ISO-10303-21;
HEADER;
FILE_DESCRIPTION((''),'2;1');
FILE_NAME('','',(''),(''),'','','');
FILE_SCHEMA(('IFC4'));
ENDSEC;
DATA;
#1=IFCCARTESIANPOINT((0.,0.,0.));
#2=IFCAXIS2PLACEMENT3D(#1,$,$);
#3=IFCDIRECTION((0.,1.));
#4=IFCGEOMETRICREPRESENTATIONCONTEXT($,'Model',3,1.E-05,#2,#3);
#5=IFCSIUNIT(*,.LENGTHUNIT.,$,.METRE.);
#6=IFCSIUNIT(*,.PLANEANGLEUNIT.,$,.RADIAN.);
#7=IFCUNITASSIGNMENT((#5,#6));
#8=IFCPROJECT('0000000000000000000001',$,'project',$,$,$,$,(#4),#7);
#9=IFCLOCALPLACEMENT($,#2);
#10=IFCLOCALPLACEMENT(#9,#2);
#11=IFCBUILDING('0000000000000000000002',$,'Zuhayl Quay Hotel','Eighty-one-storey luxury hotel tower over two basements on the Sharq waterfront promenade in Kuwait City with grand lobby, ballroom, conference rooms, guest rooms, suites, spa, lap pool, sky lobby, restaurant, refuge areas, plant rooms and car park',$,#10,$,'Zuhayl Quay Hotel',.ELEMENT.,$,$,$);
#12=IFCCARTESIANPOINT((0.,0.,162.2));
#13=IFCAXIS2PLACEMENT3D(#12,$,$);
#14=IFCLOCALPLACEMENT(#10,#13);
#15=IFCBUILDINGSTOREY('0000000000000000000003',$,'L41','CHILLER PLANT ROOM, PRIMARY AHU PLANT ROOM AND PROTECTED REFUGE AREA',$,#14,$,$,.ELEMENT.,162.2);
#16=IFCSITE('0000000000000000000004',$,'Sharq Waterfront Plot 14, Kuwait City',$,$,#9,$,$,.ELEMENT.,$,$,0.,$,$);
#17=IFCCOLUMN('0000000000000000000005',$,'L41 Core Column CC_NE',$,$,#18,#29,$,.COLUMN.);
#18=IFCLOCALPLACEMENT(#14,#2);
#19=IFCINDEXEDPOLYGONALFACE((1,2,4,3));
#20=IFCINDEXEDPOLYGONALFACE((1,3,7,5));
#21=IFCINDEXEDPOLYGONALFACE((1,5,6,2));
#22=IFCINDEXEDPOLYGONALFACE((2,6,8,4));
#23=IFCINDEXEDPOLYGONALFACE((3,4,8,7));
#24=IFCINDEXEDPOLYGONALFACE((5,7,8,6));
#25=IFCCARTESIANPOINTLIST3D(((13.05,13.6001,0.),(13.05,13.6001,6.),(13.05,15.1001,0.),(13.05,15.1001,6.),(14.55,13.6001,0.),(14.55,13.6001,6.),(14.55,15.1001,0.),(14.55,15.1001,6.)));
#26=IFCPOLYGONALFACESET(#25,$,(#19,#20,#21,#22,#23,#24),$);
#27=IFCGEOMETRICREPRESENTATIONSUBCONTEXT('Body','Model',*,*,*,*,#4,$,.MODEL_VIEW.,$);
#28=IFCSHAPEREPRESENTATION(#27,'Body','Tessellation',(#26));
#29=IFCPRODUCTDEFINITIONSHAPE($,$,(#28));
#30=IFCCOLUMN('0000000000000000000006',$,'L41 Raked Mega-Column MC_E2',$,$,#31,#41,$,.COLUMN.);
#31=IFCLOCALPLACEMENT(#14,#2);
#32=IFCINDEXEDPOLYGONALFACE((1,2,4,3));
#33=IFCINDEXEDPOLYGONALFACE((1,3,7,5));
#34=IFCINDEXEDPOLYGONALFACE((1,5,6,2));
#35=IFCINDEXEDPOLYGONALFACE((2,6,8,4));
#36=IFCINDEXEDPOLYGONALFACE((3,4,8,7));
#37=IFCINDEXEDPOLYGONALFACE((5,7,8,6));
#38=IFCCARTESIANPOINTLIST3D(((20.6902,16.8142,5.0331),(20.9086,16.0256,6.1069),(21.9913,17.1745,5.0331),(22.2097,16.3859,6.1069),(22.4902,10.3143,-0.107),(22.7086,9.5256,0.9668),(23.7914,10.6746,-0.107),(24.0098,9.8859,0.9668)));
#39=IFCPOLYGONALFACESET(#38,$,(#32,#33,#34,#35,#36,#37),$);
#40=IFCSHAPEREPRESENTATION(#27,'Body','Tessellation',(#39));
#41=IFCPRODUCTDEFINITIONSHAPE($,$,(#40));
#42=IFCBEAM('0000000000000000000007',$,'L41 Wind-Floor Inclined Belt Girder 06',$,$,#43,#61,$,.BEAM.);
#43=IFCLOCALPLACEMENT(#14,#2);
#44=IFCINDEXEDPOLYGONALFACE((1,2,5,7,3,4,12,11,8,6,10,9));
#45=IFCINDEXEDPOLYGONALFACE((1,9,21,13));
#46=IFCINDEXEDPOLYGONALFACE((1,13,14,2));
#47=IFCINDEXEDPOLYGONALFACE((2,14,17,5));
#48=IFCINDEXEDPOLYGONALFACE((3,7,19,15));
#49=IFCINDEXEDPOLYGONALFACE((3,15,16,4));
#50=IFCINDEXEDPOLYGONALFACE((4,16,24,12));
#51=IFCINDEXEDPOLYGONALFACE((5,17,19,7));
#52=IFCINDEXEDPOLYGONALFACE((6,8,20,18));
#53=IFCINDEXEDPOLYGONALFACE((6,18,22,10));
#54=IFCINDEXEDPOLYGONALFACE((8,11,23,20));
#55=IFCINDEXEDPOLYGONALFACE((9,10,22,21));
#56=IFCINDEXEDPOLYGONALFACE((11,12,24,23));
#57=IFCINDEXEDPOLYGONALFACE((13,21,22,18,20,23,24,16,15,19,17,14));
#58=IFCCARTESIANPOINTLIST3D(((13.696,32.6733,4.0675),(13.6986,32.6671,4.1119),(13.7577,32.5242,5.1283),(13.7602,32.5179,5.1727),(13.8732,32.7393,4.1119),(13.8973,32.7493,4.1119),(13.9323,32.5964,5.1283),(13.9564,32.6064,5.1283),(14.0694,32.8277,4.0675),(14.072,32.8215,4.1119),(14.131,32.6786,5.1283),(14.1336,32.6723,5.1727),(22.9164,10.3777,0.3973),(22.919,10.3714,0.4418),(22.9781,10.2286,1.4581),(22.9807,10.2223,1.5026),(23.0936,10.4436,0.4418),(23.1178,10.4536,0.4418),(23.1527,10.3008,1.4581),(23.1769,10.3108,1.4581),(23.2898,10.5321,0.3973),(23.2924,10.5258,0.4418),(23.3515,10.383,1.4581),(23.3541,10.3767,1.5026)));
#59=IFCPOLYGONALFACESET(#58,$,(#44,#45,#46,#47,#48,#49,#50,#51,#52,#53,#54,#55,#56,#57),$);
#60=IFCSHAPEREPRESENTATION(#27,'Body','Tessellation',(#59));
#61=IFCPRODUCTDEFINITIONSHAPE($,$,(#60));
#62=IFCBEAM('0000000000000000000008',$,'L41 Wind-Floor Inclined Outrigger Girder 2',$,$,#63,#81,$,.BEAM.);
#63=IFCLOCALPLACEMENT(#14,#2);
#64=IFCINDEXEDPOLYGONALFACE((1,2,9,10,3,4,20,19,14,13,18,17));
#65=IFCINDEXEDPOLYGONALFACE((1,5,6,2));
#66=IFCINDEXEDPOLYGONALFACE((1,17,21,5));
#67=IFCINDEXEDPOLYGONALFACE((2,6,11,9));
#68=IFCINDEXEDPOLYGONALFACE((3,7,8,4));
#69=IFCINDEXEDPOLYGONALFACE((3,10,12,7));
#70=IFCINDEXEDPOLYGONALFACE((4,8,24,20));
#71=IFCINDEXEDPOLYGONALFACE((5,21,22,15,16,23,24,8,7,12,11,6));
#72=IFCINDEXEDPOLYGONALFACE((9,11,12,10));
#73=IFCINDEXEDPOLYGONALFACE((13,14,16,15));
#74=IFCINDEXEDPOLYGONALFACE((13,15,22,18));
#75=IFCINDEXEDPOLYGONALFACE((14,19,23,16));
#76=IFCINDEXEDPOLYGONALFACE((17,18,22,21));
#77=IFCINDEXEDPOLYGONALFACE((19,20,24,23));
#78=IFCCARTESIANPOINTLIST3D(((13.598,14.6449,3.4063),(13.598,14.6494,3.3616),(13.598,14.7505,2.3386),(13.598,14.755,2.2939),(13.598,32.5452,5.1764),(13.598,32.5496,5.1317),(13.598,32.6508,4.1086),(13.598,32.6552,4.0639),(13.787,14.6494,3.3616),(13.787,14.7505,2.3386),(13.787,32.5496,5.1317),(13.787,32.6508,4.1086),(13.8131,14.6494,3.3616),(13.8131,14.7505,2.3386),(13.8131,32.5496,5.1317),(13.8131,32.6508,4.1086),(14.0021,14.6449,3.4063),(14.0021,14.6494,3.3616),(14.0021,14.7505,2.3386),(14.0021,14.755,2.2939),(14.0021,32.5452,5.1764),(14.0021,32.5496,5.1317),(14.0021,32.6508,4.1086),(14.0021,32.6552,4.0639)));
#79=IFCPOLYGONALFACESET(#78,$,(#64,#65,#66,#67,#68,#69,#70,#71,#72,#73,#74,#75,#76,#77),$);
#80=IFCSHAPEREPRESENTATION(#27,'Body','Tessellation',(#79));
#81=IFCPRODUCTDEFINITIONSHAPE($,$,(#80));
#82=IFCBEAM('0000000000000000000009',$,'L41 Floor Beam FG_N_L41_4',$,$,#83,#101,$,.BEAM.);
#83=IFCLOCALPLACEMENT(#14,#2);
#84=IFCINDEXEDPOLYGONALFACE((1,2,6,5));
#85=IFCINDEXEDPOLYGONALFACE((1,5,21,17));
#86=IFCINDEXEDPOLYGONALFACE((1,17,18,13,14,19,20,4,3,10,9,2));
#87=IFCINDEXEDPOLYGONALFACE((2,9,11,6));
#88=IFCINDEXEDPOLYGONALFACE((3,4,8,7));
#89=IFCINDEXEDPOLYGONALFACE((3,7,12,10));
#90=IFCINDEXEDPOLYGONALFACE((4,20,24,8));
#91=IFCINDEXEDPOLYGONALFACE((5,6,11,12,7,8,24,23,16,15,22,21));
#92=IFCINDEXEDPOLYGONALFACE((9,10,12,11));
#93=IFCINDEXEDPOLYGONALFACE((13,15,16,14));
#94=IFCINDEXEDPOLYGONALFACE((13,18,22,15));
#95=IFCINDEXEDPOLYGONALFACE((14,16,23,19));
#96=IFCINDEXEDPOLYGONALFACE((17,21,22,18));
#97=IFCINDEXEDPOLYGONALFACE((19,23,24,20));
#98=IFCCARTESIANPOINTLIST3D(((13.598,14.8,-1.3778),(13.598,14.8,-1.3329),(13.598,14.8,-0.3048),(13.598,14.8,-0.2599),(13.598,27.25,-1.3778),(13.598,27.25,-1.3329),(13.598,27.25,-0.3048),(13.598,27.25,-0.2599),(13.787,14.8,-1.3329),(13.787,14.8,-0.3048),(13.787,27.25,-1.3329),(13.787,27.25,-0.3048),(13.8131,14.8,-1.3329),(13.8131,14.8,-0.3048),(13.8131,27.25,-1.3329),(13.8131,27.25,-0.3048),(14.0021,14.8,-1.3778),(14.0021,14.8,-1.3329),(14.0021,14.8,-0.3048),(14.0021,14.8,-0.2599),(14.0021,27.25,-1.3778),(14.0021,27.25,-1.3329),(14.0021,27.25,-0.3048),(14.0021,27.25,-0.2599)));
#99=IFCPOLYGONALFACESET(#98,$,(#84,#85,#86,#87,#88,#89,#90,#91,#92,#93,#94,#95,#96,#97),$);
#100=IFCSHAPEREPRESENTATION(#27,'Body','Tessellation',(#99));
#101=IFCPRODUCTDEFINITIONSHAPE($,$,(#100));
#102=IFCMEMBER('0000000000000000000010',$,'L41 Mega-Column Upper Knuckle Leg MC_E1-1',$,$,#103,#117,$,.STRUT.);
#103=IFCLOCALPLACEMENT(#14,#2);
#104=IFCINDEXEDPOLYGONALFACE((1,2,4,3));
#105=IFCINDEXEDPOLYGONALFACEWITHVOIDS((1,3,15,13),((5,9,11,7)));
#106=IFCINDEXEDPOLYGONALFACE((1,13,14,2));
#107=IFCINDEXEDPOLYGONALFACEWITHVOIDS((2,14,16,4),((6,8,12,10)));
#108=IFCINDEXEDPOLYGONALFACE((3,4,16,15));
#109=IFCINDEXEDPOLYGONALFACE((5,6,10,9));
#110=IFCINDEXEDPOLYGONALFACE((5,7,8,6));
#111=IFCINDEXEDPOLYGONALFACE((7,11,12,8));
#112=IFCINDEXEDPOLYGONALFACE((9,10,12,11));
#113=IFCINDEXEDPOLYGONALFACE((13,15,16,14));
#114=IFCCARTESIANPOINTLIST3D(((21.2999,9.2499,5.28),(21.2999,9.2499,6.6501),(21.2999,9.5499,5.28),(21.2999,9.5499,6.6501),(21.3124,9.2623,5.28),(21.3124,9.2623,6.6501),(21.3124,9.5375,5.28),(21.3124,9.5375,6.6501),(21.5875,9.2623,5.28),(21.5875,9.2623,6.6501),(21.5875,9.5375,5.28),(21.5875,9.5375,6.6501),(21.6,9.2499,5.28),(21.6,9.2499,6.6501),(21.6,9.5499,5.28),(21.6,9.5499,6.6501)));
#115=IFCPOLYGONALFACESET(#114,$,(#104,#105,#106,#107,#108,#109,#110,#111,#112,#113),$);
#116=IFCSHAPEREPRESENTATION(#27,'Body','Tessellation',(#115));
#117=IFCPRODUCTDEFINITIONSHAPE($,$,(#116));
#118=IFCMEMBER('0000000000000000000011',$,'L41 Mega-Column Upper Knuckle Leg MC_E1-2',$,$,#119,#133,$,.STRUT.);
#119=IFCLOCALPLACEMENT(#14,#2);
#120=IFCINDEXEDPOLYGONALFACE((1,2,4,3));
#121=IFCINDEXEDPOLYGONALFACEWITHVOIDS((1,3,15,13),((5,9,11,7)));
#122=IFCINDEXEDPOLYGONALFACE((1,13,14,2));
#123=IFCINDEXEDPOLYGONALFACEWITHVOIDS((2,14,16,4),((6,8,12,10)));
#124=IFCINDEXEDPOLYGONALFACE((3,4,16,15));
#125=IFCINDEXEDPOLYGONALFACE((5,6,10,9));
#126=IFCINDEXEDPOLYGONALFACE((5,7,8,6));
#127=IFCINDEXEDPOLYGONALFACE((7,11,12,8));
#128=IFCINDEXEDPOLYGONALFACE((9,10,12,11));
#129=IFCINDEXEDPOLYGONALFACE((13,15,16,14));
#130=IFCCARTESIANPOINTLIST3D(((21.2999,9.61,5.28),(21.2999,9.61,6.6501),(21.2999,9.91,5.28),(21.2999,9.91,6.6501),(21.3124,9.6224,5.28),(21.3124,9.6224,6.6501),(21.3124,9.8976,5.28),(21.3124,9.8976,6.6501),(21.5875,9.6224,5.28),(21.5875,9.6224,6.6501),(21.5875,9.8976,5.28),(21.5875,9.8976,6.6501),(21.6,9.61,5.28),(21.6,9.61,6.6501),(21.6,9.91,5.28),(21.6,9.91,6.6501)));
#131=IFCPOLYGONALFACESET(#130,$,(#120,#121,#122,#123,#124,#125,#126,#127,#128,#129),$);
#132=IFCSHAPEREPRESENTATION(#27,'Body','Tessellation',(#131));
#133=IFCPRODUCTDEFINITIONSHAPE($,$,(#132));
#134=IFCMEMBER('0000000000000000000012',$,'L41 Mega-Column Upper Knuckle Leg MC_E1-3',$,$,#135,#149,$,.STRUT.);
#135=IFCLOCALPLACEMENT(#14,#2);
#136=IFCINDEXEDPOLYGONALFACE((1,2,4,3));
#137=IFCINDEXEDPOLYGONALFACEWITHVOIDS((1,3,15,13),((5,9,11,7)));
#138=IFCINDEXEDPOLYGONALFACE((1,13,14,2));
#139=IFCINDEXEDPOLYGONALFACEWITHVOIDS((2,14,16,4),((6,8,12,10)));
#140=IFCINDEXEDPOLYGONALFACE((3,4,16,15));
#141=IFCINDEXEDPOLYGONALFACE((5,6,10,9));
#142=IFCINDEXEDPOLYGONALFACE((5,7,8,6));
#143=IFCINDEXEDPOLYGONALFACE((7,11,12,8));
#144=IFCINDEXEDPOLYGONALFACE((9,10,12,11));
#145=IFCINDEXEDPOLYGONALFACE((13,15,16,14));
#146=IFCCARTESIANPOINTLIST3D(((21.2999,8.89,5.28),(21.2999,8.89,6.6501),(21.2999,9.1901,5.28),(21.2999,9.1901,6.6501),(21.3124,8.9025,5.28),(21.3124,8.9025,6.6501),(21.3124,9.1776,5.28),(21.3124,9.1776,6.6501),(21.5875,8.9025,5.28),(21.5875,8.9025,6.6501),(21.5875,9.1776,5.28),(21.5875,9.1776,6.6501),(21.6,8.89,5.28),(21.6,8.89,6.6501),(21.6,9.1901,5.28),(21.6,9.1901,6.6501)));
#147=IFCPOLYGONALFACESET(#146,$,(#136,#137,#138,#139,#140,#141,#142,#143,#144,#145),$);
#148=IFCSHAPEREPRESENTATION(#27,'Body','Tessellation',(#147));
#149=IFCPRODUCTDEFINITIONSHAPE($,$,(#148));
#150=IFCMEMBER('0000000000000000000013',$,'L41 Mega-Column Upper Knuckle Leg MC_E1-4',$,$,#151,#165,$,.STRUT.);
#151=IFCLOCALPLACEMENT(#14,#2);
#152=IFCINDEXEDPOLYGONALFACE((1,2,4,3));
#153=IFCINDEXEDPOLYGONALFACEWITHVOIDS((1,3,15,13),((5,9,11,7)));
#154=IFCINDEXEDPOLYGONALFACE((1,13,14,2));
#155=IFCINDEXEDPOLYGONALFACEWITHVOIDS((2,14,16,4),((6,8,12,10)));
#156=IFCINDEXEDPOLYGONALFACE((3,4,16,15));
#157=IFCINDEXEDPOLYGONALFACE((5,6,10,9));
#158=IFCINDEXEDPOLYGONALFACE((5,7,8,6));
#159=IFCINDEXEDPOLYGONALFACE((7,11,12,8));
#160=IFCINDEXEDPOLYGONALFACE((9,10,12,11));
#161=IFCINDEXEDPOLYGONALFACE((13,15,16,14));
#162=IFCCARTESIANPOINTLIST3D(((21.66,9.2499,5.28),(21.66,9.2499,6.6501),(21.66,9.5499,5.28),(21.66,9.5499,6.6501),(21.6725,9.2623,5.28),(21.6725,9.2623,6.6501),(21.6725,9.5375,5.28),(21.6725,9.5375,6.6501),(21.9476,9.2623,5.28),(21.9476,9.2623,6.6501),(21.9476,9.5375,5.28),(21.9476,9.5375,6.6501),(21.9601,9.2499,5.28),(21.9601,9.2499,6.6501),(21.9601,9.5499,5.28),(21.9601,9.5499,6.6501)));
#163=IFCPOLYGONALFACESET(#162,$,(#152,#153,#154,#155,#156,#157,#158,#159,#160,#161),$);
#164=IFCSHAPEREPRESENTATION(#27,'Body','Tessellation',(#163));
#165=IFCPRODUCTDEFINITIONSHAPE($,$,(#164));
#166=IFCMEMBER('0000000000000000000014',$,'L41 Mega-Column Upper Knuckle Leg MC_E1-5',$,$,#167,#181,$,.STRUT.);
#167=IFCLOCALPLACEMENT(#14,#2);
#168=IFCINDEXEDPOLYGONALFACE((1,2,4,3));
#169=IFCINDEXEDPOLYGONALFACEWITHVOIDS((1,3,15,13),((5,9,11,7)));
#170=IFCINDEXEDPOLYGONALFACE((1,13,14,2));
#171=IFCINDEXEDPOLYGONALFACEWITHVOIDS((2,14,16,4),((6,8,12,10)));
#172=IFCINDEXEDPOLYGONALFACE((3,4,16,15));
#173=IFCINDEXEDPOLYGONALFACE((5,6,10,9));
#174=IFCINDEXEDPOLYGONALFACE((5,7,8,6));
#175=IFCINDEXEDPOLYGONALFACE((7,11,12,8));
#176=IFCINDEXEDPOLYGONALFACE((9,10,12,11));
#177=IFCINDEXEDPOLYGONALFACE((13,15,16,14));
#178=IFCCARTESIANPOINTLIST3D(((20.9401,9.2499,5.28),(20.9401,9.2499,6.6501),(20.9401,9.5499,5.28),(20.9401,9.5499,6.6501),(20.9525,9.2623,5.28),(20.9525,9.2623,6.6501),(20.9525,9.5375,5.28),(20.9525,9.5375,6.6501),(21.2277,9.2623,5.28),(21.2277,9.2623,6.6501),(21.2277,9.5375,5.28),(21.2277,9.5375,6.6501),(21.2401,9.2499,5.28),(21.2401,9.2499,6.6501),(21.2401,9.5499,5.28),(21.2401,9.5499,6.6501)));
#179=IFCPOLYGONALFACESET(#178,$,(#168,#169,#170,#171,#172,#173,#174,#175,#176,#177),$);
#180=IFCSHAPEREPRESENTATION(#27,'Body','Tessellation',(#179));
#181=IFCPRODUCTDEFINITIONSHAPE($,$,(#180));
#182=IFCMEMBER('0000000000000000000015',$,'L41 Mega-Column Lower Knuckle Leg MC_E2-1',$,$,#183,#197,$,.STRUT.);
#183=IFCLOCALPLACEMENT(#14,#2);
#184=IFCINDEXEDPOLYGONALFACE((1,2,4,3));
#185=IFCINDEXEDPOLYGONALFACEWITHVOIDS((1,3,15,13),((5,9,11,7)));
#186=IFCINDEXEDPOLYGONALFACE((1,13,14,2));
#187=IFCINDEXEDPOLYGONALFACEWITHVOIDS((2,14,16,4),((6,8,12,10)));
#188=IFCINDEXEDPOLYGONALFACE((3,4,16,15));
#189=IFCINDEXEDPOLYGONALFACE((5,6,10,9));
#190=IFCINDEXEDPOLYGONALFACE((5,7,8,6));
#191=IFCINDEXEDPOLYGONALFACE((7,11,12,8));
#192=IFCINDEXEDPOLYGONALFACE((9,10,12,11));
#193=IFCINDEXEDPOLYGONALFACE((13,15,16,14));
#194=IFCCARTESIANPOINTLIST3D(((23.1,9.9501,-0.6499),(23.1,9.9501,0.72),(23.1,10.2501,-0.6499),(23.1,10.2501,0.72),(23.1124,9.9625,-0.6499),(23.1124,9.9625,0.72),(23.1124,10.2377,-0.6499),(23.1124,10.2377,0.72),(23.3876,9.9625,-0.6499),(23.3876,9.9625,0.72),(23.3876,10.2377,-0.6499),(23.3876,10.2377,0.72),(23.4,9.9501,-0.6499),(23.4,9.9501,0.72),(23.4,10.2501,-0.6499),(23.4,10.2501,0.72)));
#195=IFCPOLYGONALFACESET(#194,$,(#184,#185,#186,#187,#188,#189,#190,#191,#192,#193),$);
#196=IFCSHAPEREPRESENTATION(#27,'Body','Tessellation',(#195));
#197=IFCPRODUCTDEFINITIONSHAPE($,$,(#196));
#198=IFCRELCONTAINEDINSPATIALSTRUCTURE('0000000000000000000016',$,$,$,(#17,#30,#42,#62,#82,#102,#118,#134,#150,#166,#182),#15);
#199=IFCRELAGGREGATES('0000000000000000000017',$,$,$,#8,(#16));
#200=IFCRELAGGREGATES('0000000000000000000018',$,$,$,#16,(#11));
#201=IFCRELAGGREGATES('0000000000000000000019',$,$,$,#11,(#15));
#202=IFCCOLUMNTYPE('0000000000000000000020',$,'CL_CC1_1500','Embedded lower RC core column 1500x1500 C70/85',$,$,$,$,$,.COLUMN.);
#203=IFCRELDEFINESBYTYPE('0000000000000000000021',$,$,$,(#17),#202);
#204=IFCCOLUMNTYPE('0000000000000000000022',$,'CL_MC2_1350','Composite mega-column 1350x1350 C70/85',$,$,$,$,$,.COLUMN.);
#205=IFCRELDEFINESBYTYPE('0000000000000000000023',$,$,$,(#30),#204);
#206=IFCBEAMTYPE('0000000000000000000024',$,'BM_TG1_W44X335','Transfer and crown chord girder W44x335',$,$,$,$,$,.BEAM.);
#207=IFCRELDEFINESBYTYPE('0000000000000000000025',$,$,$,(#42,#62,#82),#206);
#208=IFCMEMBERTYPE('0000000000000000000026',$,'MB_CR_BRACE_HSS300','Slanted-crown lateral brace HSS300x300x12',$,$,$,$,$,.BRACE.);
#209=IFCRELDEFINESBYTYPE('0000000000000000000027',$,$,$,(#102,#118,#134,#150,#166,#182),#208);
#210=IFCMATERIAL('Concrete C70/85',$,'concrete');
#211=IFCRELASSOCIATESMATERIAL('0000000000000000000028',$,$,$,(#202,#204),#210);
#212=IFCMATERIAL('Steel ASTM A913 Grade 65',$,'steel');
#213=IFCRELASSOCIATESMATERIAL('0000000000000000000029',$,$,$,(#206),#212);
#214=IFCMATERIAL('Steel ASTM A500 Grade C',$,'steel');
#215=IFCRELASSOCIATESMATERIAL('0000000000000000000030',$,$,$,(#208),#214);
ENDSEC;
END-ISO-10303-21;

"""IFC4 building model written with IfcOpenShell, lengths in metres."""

from ifc_helpers import new_model, si_unit, direction, frame, origin, origin_2d, place, context, subcontext, project, spatial, rectangle, hollow_rectangle, i_section, extrude, material, material_profile, profile_set, type_object, element, save


model = new_model("IFC4")

# Units and contexts
model_context = context("Model", 3, precision=1e-05, world=origin(), true_north=direction((0.0, 1.0)))
body_context = subcontext(model_context, "Body", "Model", "MODEL_VIEW")
ifc_project = project(units=[si_unit("LENGTHUNIT", "METRE"), si_unit("PLANEANGLEUNIT", "RADIAN")], contexts=[model_context])

# Site, building, storey
site_placement = place(None, origin())
site = spatial("IfcSite", under=ifc_project, at=site_placement, Name="Sharq Waterfront Plot 14, Kuwait City", CompositionType="ELEMENT", RefElevation=0.0)
building_placement = place(site_placement, origin())
building = spatial("IfcBuilding", under=site, at=building_placement, Name="Zuhayl Quay Hotel", Description="Eighty-one-storey luxury hotel tower over two basements on the Sharq waterfront promenade in Kuwait City with grand lobby, ballroom, conference rooms, guest rooms, suites, spa, lap pool, sky lobby, restaurant, refuge areas, plant rooms and car park", LongName="Zuhayl Quay Hotel", CompositionType="ELEMENT")
storey_placement = place(building_placement, frame((0.0, 0.0, 162.2)))
storey = spatial("IfcBuildingStorey", under=building, at=storey_placement, Name="L41", Description="CHILLER PLANT ROOM, PRIMARY AHU PLANT ROOM AND PROTECTED REFUGE AREA", CompositionType="ELEMENT", Elevation=162.2)

# Columns
ifc_material_1 = material(Name="Concrete C70/85", Category="concrete")
ifc_material_profile_1 = material_profile(ifc_material_1, rectangle(XDim=1.5, YDim=1.5, at=origin_2d()), Name="RC1500X1500")
ifc_profile_set_1 = profile_set([ifc_material_profile_1], Name="Concrete C70/85")
column_type_1 = type_object("IfcColumnType", Name="CL_CC1_1500", Description="Embedded lower RC core column 1500x1500 C70/85", PredefinedType="COLUMN", material=ifc_profile_set_1)
column_1_placement = place(storey_placement, frame((13.8, 14.3501, 0.0), z_axis=(0.0, 0.0, 1.0), x_axis=(1.0, 0.0, 0.0)))
element("IfcColumn", 1, at=column_1_placement, inside=storey, type_object=column_type_1, Name="L41 Core Column CC_NE", PredefinedType="COLUMN", context=body_context, shape_type="SweptSolid", body=[
    extrude(rectangle(XDim=1.5, YDim=1.5, at=origin_2d()), origin(), (0.0, 0.0, 1.0), 6.0),
])
ifc_material_profile_2 = material_profile(ifc_material_1, rectangle(XDim=1.3501, YDim=1.3501, at=origin_2d()), Name="RC1350X1350")
ifc_profile_set_2 = profile_set([ifc_material_profile_2], Name="Concrete C70/85")
column_type_2 = type_object("IfcColumnType", Name="CL_MC2_1350", Description="Composite mega-column 1350x1350 C70/85", PredefinedType="COLUMN", material=ifc_profile_set_2)
column_2_placement = place(storey_placement, frame((23.25, 10.1001, 0.4299), z_axis=(-0.212269, 0.766505, 0.606145), x_axis=(-0.963728, -0.266886, 0.0)))
element("IfcColumn", 2, at=column_2_placement, inside=storey, type_object=column_type_2, Name="L41 Raked Mega-Column MC_E2", PredefinedType="COLUMN", context=body_context, shape_type="SweptSolid", body=[
    extrude(rectangle(XDim=1.3501, YDim=1.3501, at=origin_2d()), origin(), (0.0, 0.0, 1.0), 8.48),
])

# Beams
ifc_material_2 = material(Name="Steel ASTM A913 Grade 65", Category="steel")
ifc_material_profile_3 = material_profile(ifc_material_2, i_section(OverallWidth=0.4041, OverallDepth=1.1179, WebThickness=0.0261, FlangeThickness=0.0449, at=origin_2d()), Name="W44X335")
ifc_profile_set_3 = profile_set([ifc_material_profile_3], Name="Steel ASTM A913 Grade 65")
beam_type = type_object("IfcBeamType", Name="BM_TG1_W44X335", Description="Transfer and crown chord girder W44x335", PredefinedType="BEAM", material=ifc_profile_set_3)
beam_1_placement = place(storey_placement, frame((23.1353, 10.3772, 0.95), z_axis=(-0.377817, 0.913585, 0.150388), x_axis=(-0.924095, -0.382163, 0.0)))
element("IfcBeam", 3, at=beam_1_placement, inside=storey, type_object=beam_type, Name="L41 Wind-Floor Inclined Belt Girder 06", PredefinedType="BEAM", context=body_context, shape_type="SweptSolid", body=[
    extrude(i_section(OverallWidth=0.4041, OverallDepth=1.1179, WebThickness=0.0261, FlangeThickness=0.0449, at=origin_2d()), origin(), (0.0, 0.0, 1.0), 24.4045),
])
beam_2_placement = place(storey_placement, frame((13.8, 14.7, 2.8501), z_axis=(0.0, 0.995147, 0.098403), x_axis=(-1.0, 0.0, 0.0)))
element("IfcBeam", 4, at=beam_2_placement, inside=storey, type_object=beam_type, Name="L41 Wind-Floor Inclined Outrigger Girder 2", PredefinedType="BEAM", context=body_context, shape_type="SweptSolid", body=[
    extrude(i_section(OverallWidth=0.4041, OverallDepth=1.1179, WebThickness=0.0261, FlangeThickness=0.0449, at=origin_2d()), origin(), (0.0, 0.0, 1.0), 17.9875),
])
beam_3_placement = place(storey_placement, frame((13.8, 14.8, -0.8188), z_axis=(0.0, 1.0, 0.0), x_axis=(-1.0, 0.0, 0.0)))
element("IfcBeam", 5, at=beam_3_placement, inside=storey, type_object=beam_type, Name="L41 Floor Beam FG_N_L41_4", PredefinedType="BEAM", context=body_context, shape_type="SweptSolid", body=[
    extrude(i_section(OverallWidth=0.4041, OverallDepth=1.1179, WebThickness=0.0261, FlangeThickness=0.0449, at=origin_2d()), origin(), (0.0, 0.0, 1.0), 12.45),
])

# Members
ifc_material_3 = material(Name="Steel ASTM A500 Grade C", Category="steel")
ifc_material_profile_4 = material_profile(ifc_material_3, hollow_rectangle(XDim=0.3, YDim=0.3, WallThickness=0.0125, at=origin_2d()), Name="HSS300X300X12")
ifc_profile_set_4 = profile_set([ifc_material_profile_4], Name="Steel ASTM A500 Grade C")
member_type_1 = type_object("IfcMemberType", Name="MB_CR_BRACE_HSS300", Description="Slanted-crown lateral brace HSS300x300x12", PredefinedType="BRACE", material=ifc_profile_set_4)
for number, where, z_axis, x_axis, name in (
    (6, (21.45, 9.3999, 5.28), (0.0, 0.0, 1.0), (1.0, 0.0, 0.0), "L41 Mega-Column Upper Knuckle Leg MC_E1-1"),
    (7, (21.45, 9.76, 5.28), (0.0, 0.0, 1.0), (1.0, 0.0, 0.0), "L41 Mega-Column Upper Knuckle Leg MC_E1-2"),
    (8, (21.45, 9.04, 5.28), (0.0, 0.0, 1.0), (1.0, 0.0, 0.0), "L41 Mega-Column Upper Knuckle Leg MC_E1-3"),
    (9, (21.8101, 9.3999, 5.28), (0.0, 0.0, 1.0), (1.0, 0.0, 0.0), "L41 Mega-Column Upper Knuckle Leg MC_E1-4"),
    (10, (21.0901, 9.3999, 5.28), (0.0, 0.0, 1.0), (1.0, 0.0, 0.0), "L41 Mega-Column Upper Knuckle Leg MC_E1-5"),
):
    element("IfcMember", number, at=place(storey_placement, frame(where, z_axis=z_axis, x_axis=x_axis)), inside=storey, type_object=member_type_1, Name=name, PredefinedType="STRUT", context=body_context, shape_type="SweptSolid", body=[
        extrude(hollow_rectangle(XDim=0.3, YDim=0.3, WallThickness=0.0125, at=origin_2d()), origin(), (0.0, 0.0, 1.0), 1.3701),
    ])
for number, where, z_axis, x_axis, name in (
    (11, (23.25, 10.1001, -0.6499), (0.0, 0.0, 1.0), (1.0, 0.0, 0.0), "L41 Mega-Column Lower Knuckle Leg MC_E2-1"),
):
    element("IfcMember", number, at=place(storey_placement, frame(where, z_axis=z_axis, x_axis=x_axis)), inside=storey, type_object=member_type_1, Name=name, PredefinedType="STRUT", context=body_context, shape_type="SweptSolid", body=[
        extrude(hollow_rectangle(XDim=0.3, YDim=0.3, WallThickness=0.0125, at=origin_2d()), origin(), (0.0, 0.0, 1.0), 1.3699),
    ])

save(model, "model.ifc")
